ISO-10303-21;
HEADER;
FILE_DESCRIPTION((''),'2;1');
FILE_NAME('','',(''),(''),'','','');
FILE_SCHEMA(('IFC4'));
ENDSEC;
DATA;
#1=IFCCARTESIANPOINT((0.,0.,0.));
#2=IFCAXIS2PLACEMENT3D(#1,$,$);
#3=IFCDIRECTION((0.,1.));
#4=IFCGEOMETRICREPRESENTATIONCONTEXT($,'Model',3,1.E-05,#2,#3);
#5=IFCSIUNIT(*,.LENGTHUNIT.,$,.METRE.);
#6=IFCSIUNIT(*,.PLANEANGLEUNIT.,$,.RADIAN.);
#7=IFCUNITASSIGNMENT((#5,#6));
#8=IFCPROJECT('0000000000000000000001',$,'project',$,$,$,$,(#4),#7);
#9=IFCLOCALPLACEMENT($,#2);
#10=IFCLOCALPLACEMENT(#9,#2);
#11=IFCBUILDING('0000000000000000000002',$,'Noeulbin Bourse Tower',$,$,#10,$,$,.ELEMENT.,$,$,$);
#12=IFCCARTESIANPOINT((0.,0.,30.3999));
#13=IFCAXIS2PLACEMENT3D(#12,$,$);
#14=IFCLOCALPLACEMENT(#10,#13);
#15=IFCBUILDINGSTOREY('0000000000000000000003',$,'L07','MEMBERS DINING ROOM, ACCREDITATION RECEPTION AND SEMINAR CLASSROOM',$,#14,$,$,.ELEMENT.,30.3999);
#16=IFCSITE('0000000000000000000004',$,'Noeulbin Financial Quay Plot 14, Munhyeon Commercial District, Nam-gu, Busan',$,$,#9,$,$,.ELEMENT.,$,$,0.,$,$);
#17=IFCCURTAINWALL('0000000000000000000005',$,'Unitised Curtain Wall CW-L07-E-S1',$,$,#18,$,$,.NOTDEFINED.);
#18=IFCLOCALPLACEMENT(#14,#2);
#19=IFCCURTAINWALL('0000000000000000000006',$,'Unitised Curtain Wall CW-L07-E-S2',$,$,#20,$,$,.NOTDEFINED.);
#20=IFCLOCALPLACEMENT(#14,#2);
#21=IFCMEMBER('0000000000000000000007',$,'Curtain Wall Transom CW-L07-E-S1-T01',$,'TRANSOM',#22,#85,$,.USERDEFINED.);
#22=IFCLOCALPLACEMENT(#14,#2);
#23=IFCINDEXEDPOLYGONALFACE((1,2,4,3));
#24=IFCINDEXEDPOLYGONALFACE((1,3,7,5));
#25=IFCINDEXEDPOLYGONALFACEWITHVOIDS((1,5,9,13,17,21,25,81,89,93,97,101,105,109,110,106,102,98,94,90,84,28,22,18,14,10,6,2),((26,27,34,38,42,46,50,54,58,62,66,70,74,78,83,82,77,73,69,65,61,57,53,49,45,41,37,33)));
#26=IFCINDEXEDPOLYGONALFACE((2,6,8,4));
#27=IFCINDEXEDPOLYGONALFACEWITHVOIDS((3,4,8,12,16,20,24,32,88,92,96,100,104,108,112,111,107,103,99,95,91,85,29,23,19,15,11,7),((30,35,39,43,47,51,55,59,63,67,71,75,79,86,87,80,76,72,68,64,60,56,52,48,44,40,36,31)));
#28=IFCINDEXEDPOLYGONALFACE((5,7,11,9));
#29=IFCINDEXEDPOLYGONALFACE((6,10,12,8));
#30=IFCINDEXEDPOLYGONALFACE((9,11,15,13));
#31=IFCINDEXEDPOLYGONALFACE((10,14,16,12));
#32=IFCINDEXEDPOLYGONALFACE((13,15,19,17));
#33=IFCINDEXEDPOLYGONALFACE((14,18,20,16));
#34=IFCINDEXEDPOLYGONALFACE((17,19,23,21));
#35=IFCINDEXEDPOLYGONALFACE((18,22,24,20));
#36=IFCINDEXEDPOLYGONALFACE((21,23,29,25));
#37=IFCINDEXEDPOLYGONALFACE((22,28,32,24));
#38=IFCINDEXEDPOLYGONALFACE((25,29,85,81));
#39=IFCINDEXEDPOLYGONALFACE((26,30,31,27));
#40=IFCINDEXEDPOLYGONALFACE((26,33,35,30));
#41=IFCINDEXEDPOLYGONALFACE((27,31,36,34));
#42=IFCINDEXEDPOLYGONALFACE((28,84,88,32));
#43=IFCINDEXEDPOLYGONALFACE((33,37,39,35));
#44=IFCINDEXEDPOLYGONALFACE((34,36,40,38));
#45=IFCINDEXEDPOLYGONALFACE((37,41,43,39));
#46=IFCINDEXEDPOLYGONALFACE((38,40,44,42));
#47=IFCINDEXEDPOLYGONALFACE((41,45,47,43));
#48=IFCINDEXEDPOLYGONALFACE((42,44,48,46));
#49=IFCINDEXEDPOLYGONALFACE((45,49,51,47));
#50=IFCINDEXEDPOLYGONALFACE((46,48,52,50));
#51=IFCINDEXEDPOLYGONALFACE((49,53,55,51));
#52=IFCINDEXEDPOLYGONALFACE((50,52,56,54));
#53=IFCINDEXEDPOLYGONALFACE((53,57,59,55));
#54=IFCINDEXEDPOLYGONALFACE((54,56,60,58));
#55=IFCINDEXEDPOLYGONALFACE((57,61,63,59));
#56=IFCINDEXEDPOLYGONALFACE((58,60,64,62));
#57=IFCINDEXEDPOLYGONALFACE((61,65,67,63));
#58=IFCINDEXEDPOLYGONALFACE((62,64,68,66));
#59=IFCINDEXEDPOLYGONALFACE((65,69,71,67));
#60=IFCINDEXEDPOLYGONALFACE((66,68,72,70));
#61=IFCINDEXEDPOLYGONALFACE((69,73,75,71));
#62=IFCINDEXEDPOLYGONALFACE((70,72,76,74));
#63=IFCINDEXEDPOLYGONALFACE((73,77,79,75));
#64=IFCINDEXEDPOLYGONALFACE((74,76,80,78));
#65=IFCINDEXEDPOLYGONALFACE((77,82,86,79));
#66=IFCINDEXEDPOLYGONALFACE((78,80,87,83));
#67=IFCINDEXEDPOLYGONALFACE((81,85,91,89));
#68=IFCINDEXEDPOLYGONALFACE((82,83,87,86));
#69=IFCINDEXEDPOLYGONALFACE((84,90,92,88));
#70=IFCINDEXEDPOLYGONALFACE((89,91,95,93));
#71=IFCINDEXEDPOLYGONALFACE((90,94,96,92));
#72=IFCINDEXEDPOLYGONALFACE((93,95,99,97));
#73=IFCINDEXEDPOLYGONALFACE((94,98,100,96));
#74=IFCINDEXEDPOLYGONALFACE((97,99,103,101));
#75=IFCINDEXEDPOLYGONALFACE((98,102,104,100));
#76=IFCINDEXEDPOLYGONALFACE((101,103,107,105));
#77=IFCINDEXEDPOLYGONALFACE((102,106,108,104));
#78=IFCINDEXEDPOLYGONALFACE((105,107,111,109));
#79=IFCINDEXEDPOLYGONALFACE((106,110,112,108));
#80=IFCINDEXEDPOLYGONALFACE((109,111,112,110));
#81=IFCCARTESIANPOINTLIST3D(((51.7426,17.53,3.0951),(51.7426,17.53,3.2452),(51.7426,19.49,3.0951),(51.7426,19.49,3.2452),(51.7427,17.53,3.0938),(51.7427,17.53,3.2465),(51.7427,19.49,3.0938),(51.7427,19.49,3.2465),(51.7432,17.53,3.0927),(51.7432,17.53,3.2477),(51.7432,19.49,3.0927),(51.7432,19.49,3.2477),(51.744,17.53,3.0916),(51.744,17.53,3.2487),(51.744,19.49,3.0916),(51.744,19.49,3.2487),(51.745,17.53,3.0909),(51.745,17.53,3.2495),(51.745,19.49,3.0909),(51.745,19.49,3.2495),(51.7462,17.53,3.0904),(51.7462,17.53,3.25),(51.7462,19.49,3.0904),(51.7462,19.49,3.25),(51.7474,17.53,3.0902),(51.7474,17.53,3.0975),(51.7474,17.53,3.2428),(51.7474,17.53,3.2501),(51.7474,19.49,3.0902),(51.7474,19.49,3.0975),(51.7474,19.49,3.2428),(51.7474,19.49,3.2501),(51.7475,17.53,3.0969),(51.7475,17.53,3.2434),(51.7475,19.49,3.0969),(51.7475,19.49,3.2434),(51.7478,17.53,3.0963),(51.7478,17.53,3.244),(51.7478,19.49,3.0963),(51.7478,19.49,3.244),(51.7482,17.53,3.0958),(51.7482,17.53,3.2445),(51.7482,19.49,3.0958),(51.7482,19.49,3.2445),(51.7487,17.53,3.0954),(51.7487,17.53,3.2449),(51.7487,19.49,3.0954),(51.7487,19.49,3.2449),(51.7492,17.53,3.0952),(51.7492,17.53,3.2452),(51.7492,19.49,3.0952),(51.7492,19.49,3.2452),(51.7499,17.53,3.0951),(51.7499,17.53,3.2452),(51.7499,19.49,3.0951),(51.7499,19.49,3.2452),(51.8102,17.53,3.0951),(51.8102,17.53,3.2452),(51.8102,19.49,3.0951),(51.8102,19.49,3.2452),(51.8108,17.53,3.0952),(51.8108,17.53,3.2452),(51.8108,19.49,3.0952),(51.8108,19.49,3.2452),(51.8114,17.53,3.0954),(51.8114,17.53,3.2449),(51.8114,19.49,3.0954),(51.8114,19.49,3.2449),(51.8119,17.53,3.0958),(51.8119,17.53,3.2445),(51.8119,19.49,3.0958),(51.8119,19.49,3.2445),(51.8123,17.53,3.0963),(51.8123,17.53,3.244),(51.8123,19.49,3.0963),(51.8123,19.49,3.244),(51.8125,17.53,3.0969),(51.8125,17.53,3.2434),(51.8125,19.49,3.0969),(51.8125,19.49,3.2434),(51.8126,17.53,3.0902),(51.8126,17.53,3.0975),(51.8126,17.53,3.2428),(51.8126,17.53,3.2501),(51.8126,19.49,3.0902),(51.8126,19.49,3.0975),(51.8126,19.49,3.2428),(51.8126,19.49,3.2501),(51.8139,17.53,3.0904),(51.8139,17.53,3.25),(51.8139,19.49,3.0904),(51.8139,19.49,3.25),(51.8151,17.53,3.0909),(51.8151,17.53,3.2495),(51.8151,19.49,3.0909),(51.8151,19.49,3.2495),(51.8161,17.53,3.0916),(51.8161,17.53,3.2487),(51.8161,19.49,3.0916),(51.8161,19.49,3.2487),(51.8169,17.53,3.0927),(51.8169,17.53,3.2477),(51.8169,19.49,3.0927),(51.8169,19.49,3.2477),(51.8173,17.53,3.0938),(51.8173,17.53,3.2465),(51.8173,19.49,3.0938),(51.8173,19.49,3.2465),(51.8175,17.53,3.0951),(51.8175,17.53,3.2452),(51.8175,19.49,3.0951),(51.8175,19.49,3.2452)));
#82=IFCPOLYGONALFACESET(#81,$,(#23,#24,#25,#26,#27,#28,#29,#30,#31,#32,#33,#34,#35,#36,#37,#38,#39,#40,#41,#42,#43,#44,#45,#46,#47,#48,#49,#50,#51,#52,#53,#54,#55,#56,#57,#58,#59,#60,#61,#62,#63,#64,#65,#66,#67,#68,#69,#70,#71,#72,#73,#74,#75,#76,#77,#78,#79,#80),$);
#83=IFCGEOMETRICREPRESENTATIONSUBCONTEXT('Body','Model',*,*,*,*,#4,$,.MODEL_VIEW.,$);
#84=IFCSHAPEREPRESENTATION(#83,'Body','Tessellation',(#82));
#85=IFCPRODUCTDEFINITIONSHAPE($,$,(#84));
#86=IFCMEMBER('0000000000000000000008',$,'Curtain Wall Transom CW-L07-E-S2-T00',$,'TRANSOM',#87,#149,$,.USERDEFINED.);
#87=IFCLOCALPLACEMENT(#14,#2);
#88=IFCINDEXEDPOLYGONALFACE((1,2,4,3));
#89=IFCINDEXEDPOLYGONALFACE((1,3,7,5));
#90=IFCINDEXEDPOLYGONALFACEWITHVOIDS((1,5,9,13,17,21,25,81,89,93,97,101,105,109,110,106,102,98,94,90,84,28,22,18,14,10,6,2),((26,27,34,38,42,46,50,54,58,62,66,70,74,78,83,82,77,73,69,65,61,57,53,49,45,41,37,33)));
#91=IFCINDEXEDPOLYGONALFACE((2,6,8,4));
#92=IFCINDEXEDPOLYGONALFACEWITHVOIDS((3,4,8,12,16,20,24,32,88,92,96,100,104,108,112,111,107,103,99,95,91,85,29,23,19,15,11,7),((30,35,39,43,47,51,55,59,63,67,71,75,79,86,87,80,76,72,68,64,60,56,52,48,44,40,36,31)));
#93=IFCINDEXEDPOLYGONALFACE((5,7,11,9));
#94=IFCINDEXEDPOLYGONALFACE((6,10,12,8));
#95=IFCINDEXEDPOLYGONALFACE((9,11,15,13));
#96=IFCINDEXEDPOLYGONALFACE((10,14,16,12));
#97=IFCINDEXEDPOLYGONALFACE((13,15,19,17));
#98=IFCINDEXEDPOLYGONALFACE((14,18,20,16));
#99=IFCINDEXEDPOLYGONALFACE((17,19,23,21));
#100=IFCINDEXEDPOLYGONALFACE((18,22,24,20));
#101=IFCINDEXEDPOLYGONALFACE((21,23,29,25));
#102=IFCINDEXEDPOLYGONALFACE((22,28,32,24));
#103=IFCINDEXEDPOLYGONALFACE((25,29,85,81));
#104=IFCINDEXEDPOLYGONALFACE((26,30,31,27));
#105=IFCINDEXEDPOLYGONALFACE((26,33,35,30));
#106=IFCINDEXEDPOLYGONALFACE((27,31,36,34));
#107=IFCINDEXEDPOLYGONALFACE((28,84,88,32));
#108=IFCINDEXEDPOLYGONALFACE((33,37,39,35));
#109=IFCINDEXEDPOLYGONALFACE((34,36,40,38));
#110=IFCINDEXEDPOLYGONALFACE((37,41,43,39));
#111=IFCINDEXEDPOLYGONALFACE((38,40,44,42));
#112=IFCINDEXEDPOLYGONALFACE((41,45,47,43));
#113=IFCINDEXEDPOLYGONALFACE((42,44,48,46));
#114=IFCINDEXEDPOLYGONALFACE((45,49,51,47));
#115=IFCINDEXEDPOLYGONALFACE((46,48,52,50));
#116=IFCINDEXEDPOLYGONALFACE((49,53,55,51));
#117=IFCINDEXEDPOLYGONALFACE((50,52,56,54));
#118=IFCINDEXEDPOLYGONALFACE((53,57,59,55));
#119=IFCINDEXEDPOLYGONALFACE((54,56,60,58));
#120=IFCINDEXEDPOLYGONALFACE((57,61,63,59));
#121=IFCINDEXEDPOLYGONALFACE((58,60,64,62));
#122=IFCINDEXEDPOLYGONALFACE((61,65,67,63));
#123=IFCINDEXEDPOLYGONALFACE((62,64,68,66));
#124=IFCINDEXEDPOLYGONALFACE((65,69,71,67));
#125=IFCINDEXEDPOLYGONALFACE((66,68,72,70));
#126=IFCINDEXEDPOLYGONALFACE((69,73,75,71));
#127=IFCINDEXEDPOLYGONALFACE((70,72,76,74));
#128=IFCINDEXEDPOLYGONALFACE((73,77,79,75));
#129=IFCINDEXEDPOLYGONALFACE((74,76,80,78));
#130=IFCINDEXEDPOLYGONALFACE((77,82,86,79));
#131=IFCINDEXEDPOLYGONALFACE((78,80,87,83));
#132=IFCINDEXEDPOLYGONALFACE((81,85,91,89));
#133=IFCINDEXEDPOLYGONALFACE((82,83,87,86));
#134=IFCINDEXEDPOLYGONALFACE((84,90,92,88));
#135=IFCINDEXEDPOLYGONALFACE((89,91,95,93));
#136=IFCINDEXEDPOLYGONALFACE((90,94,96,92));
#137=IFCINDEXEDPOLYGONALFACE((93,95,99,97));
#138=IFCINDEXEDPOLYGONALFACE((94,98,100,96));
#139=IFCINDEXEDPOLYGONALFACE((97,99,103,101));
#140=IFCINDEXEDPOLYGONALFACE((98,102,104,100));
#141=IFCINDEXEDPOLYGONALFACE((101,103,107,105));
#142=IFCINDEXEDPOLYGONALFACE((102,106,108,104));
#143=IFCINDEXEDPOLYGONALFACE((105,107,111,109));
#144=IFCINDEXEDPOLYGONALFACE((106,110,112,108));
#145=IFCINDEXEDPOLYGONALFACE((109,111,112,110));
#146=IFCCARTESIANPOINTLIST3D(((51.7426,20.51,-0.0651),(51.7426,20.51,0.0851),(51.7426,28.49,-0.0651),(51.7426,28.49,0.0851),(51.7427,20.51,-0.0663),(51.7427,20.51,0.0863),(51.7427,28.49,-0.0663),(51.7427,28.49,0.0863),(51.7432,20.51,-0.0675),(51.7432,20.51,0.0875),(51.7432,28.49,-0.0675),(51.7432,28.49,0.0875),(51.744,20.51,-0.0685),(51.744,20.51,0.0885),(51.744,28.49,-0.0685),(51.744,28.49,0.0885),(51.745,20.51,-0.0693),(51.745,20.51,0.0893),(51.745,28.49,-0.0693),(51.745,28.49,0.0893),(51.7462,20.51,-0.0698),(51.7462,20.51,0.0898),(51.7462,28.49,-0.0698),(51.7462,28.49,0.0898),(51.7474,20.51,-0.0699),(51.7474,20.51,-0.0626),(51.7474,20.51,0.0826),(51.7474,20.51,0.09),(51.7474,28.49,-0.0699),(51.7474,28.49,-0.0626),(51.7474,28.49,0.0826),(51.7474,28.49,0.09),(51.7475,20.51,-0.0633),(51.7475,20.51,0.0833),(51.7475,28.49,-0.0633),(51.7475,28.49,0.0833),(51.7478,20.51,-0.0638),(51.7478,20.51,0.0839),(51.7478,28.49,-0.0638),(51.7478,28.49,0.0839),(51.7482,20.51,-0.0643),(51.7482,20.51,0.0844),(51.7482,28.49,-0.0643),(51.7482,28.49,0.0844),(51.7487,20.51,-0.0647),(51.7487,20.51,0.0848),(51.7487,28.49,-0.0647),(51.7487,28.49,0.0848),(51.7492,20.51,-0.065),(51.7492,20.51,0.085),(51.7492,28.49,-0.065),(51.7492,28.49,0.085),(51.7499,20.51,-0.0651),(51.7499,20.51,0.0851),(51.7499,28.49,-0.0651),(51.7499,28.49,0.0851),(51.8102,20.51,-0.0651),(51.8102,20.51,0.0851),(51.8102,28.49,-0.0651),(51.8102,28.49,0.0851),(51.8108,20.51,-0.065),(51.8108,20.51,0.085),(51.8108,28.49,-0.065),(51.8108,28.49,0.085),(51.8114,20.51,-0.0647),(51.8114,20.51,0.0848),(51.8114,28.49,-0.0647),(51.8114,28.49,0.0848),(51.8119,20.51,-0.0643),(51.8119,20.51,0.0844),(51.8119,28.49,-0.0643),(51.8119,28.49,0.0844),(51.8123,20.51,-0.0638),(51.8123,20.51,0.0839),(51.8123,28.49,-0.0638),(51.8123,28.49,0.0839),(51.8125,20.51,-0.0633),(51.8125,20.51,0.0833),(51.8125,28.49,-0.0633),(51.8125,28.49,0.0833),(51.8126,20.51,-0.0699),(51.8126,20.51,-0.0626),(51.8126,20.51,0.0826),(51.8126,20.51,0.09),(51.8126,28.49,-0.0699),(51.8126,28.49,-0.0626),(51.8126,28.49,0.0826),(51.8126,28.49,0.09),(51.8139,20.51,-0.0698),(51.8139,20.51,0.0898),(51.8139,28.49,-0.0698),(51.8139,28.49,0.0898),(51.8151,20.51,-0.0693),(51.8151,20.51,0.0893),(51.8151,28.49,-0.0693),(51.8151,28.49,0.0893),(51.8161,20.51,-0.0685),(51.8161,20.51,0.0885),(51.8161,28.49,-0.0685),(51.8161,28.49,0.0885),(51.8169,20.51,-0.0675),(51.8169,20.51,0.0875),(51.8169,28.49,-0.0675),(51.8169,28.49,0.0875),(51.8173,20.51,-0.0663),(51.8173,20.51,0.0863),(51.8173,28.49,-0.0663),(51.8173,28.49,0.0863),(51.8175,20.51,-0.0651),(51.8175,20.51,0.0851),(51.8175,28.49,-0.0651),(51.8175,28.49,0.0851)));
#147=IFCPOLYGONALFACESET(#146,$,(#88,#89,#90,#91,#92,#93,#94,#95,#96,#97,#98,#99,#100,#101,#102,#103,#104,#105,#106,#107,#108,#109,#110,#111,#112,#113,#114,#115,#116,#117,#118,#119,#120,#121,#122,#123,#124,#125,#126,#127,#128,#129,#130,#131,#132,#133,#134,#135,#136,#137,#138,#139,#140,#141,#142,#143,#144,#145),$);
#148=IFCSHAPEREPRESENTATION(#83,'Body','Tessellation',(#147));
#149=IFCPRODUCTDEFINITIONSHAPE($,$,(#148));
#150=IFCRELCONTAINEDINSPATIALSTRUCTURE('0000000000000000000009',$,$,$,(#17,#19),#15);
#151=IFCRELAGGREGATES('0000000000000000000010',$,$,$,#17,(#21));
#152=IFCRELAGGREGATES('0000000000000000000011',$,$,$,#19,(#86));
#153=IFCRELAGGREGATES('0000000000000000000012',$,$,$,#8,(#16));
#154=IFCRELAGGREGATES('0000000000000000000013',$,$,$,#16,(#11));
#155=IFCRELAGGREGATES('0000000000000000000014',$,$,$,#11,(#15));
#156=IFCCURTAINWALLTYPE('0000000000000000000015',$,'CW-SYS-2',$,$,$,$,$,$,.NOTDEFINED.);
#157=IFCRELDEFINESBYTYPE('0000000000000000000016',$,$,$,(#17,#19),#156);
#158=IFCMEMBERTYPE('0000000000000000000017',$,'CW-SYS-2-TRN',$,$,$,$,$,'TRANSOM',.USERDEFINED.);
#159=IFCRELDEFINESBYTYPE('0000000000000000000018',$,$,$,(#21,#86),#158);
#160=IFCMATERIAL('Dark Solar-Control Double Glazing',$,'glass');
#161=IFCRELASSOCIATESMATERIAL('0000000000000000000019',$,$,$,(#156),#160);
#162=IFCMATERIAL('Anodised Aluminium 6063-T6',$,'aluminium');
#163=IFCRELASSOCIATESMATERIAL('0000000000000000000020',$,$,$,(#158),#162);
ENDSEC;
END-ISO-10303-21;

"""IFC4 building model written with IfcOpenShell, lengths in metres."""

from ifc_helpers import new_model, si_unit, direction, frame, origin, origin_2d, place, context, subcontext, project, spatial, hollow_rectangle, extrude, material, material_profile, profile_set, type_object, element, aggregate, save


model = new_model("IFC4")

# Units and contexts
model_context = context("Model", 3, precision=1e-05, world=origin(), true_north=direction((0.0, 1.0)))
body_context = subcontext(model_context, "Body", "Model", "MODEL_VIEW")
ifc_project = project(units=[si_unit("LENGTHUNIT", "METRE"), si_unit("PLANEANGLEUNIT", "RADIAN")], contexts=[model_context])

# Site, building, storey
site_placement = place(None, origin())
site = spatial("IfcSite", under=ifc_project, at=site_placement, Name="Noeulbin Financial Quay Plot 14, Munhyeon Commercial District, Nam-gu, Busan", CompositionType="ELEMENT", RefElevation=0.0)
building_placement = place(site_placement, origin())
building = spatial("IfcBuilding", under=site, at=building_placement, Name="Noeulbin Bourse Tower", CompositionType="ELEMENT")
storey_placement = place(building_placement, frame((0.0, 0.0, 30.3999)))
storey = spatial("IfcBuildingStorey", under=building, at=storey_placement, Name="L07", Description="MEMBERS DINING ROOM, ACCREDITATION RECEPTION AND SEMINAR CLASSROOM", CompositionType="ELEMENT", Elevation=30.3999)

# Curtain walls
ifc_material_1 = material(Name="Dark Solar-Control Double Glazing", Category="glass")
curtain_wall_type = type_object("IfcCurtainWallType", Name="CW-SYS-2", PredefinedType="NOTDEFINED", material=ifc_material_1)
ifc_material_2 = material(Name="Anodised Aluminium 6063-T6", Category="aluminium")
curtain_wall_1_placement = place(storey_placement, origin())
curtain_wall_1 = element("IfcCurtainWall", 1, at=curtain_wall_1_placement, inside=storey, type_object=curtain_wall_type, Name="Unitised Curtain Wall CW-L07-E-S1", PredefinedType="NOTDEFINED")
curtain_wall_2_placement = place(storey_placement, origin())
curtain_wall_2 = element("IfcCurtainWall", 2, at=curtain_wall_2_placement, inside=storey, type_object=curtain_wall_type, Name="Unitised Curtain Wall CW-L07-E-S2", PredefinedType="NOTDEFINED")

# Members
ifc_material_profile_1 = material_profile(ifc_material_2, hollow_rectangle(XDim=0.075, YDim=0.1599, WallThickness=0.0049, InnerFilletRadius=0.0024, OuterFilletRadius=0.0049, at=origin_2d()), Name="ALU-TRAN-75x160x5", Category="LoadBearing")
ifc_profile_set_1 = profile_set([ifc_material_profile_1], Name="Anodised Aluminium 6063-T6")
member_type_1 = type_object("IfcMemberType", Name="CW-SYS-2-TRN", ElementType="TRANSOM", PredefinedType="USERDEFINED", material=ifc_profile_set_1)
member_1_placement = place(storey_placement, frame((51.78, 17.53, 3.1702), z_axis=(0.0, 1.0, 0.0), x_axis=(-1.0, 0.0, 0.0)))
member_1 = element("IfcMember", 3, at=member_1_placement, type_object=member_type_1, Name="Curtain Wall Transom CW-L07-E-S1-T01", ObjectType="TRANSOM", PredefinedType="USERDEFINED", context=body_context, shape_type="SweptSolid", body=[
    extrude(hollow_rectangle(XDim=0.075, YDim=0.1599, WallThickness=0.0049, InnerFilletRadius=0.0024, OuterFilletRadius=0.0049, at=origin_2d()), origin(), (0.0, 0.0, 1.0), 1.96),
])
member_2_placement = place(storey_placement, frame((51.78, 20.51, 0.01), z_axis=(0.0, 1.0, 0.0), x_axis=(-1.0, 0.0, 0.0)))
member_2 = element("IfcMember", 4, at=member_2_placement, type_object=member_type_1, Name="Curtain Wall Transom CW-L07-E-S2-T00", ObjectType="TRANSOM", PredefinedType="USERDEFINED", context=body_context, shape_type="SweptSolid", body=[
    extrude(hollow_rectangle(XDim=0.075, YDim=0.1599, WallThickness=0.0049, InnerFilletRadius=0.0024, OuterFilletRadius=0.0049, at=origin_2d()), origin(), (0.0, 0.0, 1.0), 7.98),
])

aggregate(curtain_wall_1, [member_1])
aggregate(curtain_wall_2, [member_2])

save(model, "model.ifc")
